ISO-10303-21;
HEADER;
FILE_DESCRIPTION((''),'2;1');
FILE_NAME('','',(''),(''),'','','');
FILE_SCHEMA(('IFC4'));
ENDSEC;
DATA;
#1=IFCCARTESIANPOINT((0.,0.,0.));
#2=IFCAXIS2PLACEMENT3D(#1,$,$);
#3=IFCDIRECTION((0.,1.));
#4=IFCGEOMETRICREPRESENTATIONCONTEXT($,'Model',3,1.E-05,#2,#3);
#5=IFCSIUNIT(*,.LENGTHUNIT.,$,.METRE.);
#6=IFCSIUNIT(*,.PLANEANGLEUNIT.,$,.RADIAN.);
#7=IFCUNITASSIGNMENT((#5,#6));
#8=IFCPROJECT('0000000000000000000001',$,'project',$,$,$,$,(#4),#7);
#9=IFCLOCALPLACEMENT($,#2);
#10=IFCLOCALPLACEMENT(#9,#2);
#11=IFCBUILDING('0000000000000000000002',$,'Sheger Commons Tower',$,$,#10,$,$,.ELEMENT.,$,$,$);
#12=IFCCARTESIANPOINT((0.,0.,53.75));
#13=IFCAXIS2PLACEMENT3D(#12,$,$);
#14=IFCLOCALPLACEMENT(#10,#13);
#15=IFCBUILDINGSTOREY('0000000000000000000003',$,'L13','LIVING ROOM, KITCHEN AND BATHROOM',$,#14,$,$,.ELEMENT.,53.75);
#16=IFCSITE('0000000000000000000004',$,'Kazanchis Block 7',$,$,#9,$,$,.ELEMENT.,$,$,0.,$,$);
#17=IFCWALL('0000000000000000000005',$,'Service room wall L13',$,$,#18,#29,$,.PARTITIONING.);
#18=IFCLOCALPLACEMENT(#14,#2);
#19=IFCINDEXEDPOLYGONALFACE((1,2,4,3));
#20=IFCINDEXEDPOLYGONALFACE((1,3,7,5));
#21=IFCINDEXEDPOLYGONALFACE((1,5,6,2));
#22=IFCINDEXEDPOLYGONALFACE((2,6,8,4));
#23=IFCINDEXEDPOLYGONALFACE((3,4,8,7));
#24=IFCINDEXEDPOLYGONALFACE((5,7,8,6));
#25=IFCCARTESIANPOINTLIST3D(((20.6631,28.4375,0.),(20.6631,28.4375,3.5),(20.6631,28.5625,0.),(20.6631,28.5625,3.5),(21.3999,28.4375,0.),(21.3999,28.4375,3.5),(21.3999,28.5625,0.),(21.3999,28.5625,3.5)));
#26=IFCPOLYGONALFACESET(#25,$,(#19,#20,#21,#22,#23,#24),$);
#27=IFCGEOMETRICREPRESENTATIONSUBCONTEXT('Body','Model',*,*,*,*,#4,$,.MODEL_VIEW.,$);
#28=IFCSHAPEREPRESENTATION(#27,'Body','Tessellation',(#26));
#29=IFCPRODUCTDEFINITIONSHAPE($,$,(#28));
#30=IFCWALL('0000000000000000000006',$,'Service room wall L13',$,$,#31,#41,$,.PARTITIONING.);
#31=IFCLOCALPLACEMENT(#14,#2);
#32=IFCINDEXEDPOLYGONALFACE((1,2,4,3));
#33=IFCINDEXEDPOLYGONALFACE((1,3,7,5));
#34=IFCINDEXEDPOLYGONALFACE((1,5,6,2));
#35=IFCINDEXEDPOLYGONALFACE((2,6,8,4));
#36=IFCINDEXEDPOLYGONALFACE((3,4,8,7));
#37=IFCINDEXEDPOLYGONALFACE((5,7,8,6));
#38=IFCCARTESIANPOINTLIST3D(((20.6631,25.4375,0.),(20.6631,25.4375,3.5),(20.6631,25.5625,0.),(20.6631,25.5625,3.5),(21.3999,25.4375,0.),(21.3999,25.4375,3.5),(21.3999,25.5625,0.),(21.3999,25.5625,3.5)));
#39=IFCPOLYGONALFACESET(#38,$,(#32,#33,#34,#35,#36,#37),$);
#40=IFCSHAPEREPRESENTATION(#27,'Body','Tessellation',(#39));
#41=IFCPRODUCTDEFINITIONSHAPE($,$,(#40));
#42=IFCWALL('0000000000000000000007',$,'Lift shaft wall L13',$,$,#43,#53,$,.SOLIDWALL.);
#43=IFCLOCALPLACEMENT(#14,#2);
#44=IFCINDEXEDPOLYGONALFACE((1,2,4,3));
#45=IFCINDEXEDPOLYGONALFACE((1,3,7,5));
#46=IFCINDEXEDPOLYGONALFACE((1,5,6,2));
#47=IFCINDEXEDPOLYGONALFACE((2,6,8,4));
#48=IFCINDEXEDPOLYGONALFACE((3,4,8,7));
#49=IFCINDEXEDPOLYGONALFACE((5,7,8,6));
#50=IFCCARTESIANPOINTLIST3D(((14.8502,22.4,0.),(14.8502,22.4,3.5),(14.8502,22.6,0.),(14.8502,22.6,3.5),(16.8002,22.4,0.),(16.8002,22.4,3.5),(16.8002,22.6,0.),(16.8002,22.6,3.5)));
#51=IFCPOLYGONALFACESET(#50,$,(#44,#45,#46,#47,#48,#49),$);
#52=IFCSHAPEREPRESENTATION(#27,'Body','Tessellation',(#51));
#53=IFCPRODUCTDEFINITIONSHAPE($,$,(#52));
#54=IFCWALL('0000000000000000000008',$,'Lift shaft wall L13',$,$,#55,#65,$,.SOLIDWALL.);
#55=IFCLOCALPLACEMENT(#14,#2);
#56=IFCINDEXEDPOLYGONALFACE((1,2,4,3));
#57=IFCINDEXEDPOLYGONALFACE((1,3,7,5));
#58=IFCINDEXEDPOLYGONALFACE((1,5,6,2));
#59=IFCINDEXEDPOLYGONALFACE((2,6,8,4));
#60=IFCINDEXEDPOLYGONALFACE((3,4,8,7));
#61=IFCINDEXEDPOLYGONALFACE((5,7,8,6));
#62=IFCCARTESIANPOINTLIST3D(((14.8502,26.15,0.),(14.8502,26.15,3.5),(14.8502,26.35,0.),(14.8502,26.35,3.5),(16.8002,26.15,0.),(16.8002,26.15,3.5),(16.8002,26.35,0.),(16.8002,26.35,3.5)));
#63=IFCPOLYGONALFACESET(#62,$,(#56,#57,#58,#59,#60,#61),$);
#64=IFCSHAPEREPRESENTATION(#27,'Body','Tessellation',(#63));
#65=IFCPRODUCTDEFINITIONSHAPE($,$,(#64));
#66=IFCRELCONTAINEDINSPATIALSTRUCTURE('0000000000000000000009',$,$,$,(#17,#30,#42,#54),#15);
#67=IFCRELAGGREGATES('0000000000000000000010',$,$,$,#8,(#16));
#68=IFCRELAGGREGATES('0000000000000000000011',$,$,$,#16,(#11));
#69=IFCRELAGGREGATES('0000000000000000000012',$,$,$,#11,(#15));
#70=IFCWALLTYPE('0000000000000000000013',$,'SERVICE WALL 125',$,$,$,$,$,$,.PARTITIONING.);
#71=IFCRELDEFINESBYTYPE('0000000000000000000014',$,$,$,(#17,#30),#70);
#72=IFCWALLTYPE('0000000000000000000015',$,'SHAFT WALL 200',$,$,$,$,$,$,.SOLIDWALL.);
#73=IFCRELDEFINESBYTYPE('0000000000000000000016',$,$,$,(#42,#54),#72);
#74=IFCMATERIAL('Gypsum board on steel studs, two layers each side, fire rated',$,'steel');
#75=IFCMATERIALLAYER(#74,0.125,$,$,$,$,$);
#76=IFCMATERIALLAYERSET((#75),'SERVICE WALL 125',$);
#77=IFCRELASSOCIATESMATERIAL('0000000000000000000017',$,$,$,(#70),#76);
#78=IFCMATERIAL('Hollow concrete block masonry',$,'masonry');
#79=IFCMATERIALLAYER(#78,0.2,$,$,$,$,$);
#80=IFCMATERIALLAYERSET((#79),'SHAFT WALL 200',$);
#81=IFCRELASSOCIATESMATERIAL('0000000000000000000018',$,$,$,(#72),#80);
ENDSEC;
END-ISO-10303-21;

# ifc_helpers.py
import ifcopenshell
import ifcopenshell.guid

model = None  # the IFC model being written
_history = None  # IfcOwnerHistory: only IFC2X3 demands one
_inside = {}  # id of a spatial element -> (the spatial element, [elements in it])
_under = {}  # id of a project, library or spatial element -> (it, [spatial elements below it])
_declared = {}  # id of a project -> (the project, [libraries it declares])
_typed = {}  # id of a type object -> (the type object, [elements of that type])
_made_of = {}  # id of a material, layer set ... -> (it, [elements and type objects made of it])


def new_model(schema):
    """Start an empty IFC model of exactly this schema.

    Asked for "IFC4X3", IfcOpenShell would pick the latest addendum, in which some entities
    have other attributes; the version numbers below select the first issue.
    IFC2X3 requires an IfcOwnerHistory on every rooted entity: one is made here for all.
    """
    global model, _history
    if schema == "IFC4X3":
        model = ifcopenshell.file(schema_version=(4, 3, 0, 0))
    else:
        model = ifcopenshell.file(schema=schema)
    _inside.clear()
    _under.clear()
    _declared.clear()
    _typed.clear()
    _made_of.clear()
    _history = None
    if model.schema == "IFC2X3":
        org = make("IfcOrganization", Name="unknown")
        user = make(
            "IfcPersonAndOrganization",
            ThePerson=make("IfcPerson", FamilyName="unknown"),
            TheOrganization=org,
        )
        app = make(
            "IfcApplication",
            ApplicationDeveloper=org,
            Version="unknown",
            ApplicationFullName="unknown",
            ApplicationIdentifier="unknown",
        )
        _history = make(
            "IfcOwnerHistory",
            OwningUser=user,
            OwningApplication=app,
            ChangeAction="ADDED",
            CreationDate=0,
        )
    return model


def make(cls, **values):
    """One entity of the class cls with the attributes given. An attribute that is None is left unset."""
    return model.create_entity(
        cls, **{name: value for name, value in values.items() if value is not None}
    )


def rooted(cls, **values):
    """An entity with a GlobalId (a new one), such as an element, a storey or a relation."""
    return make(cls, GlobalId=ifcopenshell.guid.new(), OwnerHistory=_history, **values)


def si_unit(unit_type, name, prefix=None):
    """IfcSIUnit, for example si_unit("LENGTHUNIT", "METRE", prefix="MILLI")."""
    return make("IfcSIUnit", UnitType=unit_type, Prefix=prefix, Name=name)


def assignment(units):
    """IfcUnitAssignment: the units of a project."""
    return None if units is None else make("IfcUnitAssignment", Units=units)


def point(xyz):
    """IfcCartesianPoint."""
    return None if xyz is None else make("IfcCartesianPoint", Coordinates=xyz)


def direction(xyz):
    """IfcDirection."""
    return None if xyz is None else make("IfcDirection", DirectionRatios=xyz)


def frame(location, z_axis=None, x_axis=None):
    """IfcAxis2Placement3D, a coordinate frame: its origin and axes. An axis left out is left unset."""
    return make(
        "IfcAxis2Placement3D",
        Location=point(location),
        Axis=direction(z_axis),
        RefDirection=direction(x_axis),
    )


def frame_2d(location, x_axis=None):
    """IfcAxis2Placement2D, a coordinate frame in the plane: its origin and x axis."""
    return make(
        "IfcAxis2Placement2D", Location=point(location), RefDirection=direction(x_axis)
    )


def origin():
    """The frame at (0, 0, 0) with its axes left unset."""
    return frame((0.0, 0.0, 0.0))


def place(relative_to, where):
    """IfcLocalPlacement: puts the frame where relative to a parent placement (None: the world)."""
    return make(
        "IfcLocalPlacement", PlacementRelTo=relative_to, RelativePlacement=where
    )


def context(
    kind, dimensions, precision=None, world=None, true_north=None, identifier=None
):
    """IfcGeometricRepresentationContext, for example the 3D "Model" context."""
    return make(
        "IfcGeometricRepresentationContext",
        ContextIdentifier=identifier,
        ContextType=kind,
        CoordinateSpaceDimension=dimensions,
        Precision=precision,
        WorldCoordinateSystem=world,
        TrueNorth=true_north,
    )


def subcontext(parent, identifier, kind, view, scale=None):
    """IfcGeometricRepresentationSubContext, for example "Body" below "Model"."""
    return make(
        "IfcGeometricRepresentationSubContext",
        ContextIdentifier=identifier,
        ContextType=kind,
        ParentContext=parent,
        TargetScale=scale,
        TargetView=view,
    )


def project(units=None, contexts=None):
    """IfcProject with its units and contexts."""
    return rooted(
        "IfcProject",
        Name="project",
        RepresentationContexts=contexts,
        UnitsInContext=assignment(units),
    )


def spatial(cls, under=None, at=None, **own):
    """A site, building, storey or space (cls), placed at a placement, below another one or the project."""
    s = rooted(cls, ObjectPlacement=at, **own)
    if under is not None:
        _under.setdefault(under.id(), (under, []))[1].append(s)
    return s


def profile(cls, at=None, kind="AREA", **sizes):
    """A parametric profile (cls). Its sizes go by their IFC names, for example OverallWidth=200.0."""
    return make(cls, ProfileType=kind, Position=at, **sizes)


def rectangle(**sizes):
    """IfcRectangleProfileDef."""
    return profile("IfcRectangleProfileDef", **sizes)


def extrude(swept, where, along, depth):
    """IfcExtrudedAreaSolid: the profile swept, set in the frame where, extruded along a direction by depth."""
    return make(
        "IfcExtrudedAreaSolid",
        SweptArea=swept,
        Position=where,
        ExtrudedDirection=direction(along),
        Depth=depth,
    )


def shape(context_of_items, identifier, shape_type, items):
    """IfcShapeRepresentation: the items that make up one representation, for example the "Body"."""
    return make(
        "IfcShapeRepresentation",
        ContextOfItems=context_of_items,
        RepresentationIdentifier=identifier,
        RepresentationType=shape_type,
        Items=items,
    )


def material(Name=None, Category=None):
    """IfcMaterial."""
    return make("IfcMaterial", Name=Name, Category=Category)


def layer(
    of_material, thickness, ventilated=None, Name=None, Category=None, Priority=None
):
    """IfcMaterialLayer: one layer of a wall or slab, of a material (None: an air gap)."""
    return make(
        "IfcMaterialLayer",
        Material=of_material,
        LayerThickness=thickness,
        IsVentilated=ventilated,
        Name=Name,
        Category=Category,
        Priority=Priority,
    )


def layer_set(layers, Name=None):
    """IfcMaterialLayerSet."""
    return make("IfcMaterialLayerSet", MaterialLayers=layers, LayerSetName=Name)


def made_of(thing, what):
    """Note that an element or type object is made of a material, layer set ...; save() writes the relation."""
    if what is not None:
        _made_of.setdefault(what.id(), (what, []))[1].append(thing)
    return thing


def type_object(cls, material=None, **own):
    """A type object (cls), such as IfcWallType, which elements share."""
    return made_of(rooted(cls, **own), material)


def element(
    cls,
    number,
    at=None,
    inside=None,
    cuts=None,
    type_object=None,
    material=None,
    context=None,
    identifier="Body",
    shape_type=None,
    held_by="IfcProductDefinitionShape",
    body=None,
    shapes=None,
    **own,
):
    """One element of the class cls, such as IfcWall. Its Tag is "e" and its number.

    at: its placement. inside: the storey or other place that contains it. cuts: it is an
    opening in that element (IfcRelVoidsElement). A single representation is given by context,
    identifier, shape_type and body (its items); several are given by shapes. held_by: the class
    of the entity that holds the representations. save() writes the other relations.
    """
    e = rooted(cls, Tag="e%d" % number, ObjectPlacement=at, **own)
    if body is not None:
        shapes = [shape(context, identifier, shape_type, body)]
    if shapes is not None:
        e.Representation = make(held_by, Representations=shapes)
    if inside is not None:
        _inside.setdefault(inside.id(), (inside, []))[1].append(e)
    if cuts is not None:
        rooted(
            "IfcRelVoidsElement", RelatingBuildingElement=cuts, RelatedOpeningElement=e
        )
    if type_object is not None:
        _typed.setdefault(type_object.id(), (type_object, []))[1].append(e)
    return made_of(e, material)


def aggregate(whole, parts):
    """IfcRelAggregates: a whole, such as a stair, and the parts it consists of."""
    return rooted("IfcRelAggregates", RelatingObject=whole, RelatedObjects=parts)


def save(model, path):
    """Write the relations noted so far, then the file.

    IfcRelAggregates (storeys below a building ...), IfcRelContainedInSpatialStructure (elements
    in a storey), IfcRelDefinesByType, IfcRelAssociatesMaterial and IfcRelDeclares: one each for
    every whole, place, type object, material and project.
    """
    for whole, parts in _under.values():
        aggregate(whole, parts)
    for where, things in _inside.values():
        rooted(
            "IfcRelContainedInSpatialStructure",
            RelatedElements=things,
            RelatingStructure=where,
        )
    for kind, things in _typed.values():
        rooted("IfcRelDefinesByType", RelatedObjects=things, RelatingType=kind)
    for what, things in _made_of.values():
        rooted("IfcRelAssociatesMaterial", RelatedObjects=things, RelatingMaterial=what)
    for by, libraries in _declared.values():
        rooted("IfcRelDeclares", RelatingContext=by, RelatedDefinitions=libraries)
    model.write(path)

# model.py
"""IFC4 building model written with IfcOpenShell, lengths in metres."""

from ifc_helpers import new_model, si_unit, direction, frame, frame_2d, origin, place, context, subcontext, project, spatial, rectangle, extrude, material, layer, layer_set, type_object, element, save


model = new_model("IFC4")

# Units and contexts
model_context = context("Model", 3, precision=1e-05, world=origin(), true_north=direction((0.0, 1.0)))
body_context = subcontext(model_context, "Body", "Model", "MODEL_VIEW")
ifc_project = project(units=[si_unit("LENGTHUNIT", "METRE"), si_unit("PLANEANGLEUNIT", "RADIAN")], contexts=[model_context])

# Site, building, storey
site_placement = place(None, origin())
site = spatial("IfcSite", under=ifc_project, at=site_placement, Name="Kazanchis Block 7", CompositionType="ELEMENT", RefElevation=0.0)
building_placement = place(site_placement, origin())
building = spatial("IfcBuilding", under=site, at=building_placement, Name="Sheger Commons Tower", CompositionType="ELEMENT")
storey_placement = place(building_placement, frame((0.0, 0.0, 53.75)))
storey = spatial("IfcBuildingStorey", under=building, at=storey_placement, Name="L13", Description="LIVING ROOM, KITCHEN AND BATHROOM", CompositionType="ELEMENT", Elevation=53.75)

# Shared definitions
ifc_material_1 = material(Name="Gypsum board on steel studs, two layers each side, fire rated", Category="steel")
ifc_layer_1 = layer(ifc_material_1, 0.125)
ifc_layer_set_1 = layer_set([ifc_layer_1], Name="SERVICE WALL 125")
wall_type_1 = type_object("IfcWallType", Name="SERVICE WALL 125", PredefinedType="PARTITIONING", material=ifc_layer_set_1)

# Walls
for number, where, z_axis, x_axis, name in (
    (1, (20.6631, 28.5, 0.0), (0.0, 0.0, 1.0), (1.0, 0.0, 0.0), "Service room wall L13"),
    (2, (20.6631, 25.5, 0.0), (0.0, 0.0, 1.0), (1.0, 0.0, 0.0), "Service room wall L13"),
):
    element("IfcWall", number, at=place(storey_placement, frame(where, z_axis=z_axis, x_axis=x_axis)), inside=storey, type_object=wall_type_1, Name=name, PredefinedType="PARTITIONING", context=body_context, shape_type="SweptSolid", body=[
        extrude(rectangle(XDim=0.7368, YDim=0.125, at=frame_2d((0.3684, 0.0))), origin(), (0.0, 0.0, 1.0), 3.5),
    ])
ifc_material_2 = material(Name="Hollow concrete block masonry", Category="masonry")
ifc_layer_2 = layer(ifc_material_2, 0.2)
ifc_layer_set_2 = layer_set([ifc_layer_2], Name="SHAFT WALL 200")
wall_type_2 = type_object("IfcWallType", Name="SHAFT WALL 200", PredefinedType="SOLIDWALL", material=ifc_layer_set_2)
for number, where, z_axis, x_axis, name in (
    (3, (14.8501, 22.5, 0.0), (0.0, 0.0, 1.0), (1.0, 0.0, 0.0), "Lift shaft wall L13"),
    (4, (14.8501, 26.25, 0.0), (0.0, 0.0, 1.0), (1.0, 0.0, 0.0), "Lift shaft wall L13"),
):
    element("IfcWall", number, at=place(storey_placement, frame(where, z_axis=z_axis, x_axis=x_axis)), inside=storey, type_object=wall_type_2, Name=name, PredefinedType="SOLIDWALL", context=body_context, shape_type="SweptSolid", body=[
        extrude(rectangle(XDim=1.95, YDim=0.2, at=frame_2d((0.9751, 0.0))), origin(), (0.0, 0.0, 1.0), 3.5),
    ])

save(model, "model.ifc")
